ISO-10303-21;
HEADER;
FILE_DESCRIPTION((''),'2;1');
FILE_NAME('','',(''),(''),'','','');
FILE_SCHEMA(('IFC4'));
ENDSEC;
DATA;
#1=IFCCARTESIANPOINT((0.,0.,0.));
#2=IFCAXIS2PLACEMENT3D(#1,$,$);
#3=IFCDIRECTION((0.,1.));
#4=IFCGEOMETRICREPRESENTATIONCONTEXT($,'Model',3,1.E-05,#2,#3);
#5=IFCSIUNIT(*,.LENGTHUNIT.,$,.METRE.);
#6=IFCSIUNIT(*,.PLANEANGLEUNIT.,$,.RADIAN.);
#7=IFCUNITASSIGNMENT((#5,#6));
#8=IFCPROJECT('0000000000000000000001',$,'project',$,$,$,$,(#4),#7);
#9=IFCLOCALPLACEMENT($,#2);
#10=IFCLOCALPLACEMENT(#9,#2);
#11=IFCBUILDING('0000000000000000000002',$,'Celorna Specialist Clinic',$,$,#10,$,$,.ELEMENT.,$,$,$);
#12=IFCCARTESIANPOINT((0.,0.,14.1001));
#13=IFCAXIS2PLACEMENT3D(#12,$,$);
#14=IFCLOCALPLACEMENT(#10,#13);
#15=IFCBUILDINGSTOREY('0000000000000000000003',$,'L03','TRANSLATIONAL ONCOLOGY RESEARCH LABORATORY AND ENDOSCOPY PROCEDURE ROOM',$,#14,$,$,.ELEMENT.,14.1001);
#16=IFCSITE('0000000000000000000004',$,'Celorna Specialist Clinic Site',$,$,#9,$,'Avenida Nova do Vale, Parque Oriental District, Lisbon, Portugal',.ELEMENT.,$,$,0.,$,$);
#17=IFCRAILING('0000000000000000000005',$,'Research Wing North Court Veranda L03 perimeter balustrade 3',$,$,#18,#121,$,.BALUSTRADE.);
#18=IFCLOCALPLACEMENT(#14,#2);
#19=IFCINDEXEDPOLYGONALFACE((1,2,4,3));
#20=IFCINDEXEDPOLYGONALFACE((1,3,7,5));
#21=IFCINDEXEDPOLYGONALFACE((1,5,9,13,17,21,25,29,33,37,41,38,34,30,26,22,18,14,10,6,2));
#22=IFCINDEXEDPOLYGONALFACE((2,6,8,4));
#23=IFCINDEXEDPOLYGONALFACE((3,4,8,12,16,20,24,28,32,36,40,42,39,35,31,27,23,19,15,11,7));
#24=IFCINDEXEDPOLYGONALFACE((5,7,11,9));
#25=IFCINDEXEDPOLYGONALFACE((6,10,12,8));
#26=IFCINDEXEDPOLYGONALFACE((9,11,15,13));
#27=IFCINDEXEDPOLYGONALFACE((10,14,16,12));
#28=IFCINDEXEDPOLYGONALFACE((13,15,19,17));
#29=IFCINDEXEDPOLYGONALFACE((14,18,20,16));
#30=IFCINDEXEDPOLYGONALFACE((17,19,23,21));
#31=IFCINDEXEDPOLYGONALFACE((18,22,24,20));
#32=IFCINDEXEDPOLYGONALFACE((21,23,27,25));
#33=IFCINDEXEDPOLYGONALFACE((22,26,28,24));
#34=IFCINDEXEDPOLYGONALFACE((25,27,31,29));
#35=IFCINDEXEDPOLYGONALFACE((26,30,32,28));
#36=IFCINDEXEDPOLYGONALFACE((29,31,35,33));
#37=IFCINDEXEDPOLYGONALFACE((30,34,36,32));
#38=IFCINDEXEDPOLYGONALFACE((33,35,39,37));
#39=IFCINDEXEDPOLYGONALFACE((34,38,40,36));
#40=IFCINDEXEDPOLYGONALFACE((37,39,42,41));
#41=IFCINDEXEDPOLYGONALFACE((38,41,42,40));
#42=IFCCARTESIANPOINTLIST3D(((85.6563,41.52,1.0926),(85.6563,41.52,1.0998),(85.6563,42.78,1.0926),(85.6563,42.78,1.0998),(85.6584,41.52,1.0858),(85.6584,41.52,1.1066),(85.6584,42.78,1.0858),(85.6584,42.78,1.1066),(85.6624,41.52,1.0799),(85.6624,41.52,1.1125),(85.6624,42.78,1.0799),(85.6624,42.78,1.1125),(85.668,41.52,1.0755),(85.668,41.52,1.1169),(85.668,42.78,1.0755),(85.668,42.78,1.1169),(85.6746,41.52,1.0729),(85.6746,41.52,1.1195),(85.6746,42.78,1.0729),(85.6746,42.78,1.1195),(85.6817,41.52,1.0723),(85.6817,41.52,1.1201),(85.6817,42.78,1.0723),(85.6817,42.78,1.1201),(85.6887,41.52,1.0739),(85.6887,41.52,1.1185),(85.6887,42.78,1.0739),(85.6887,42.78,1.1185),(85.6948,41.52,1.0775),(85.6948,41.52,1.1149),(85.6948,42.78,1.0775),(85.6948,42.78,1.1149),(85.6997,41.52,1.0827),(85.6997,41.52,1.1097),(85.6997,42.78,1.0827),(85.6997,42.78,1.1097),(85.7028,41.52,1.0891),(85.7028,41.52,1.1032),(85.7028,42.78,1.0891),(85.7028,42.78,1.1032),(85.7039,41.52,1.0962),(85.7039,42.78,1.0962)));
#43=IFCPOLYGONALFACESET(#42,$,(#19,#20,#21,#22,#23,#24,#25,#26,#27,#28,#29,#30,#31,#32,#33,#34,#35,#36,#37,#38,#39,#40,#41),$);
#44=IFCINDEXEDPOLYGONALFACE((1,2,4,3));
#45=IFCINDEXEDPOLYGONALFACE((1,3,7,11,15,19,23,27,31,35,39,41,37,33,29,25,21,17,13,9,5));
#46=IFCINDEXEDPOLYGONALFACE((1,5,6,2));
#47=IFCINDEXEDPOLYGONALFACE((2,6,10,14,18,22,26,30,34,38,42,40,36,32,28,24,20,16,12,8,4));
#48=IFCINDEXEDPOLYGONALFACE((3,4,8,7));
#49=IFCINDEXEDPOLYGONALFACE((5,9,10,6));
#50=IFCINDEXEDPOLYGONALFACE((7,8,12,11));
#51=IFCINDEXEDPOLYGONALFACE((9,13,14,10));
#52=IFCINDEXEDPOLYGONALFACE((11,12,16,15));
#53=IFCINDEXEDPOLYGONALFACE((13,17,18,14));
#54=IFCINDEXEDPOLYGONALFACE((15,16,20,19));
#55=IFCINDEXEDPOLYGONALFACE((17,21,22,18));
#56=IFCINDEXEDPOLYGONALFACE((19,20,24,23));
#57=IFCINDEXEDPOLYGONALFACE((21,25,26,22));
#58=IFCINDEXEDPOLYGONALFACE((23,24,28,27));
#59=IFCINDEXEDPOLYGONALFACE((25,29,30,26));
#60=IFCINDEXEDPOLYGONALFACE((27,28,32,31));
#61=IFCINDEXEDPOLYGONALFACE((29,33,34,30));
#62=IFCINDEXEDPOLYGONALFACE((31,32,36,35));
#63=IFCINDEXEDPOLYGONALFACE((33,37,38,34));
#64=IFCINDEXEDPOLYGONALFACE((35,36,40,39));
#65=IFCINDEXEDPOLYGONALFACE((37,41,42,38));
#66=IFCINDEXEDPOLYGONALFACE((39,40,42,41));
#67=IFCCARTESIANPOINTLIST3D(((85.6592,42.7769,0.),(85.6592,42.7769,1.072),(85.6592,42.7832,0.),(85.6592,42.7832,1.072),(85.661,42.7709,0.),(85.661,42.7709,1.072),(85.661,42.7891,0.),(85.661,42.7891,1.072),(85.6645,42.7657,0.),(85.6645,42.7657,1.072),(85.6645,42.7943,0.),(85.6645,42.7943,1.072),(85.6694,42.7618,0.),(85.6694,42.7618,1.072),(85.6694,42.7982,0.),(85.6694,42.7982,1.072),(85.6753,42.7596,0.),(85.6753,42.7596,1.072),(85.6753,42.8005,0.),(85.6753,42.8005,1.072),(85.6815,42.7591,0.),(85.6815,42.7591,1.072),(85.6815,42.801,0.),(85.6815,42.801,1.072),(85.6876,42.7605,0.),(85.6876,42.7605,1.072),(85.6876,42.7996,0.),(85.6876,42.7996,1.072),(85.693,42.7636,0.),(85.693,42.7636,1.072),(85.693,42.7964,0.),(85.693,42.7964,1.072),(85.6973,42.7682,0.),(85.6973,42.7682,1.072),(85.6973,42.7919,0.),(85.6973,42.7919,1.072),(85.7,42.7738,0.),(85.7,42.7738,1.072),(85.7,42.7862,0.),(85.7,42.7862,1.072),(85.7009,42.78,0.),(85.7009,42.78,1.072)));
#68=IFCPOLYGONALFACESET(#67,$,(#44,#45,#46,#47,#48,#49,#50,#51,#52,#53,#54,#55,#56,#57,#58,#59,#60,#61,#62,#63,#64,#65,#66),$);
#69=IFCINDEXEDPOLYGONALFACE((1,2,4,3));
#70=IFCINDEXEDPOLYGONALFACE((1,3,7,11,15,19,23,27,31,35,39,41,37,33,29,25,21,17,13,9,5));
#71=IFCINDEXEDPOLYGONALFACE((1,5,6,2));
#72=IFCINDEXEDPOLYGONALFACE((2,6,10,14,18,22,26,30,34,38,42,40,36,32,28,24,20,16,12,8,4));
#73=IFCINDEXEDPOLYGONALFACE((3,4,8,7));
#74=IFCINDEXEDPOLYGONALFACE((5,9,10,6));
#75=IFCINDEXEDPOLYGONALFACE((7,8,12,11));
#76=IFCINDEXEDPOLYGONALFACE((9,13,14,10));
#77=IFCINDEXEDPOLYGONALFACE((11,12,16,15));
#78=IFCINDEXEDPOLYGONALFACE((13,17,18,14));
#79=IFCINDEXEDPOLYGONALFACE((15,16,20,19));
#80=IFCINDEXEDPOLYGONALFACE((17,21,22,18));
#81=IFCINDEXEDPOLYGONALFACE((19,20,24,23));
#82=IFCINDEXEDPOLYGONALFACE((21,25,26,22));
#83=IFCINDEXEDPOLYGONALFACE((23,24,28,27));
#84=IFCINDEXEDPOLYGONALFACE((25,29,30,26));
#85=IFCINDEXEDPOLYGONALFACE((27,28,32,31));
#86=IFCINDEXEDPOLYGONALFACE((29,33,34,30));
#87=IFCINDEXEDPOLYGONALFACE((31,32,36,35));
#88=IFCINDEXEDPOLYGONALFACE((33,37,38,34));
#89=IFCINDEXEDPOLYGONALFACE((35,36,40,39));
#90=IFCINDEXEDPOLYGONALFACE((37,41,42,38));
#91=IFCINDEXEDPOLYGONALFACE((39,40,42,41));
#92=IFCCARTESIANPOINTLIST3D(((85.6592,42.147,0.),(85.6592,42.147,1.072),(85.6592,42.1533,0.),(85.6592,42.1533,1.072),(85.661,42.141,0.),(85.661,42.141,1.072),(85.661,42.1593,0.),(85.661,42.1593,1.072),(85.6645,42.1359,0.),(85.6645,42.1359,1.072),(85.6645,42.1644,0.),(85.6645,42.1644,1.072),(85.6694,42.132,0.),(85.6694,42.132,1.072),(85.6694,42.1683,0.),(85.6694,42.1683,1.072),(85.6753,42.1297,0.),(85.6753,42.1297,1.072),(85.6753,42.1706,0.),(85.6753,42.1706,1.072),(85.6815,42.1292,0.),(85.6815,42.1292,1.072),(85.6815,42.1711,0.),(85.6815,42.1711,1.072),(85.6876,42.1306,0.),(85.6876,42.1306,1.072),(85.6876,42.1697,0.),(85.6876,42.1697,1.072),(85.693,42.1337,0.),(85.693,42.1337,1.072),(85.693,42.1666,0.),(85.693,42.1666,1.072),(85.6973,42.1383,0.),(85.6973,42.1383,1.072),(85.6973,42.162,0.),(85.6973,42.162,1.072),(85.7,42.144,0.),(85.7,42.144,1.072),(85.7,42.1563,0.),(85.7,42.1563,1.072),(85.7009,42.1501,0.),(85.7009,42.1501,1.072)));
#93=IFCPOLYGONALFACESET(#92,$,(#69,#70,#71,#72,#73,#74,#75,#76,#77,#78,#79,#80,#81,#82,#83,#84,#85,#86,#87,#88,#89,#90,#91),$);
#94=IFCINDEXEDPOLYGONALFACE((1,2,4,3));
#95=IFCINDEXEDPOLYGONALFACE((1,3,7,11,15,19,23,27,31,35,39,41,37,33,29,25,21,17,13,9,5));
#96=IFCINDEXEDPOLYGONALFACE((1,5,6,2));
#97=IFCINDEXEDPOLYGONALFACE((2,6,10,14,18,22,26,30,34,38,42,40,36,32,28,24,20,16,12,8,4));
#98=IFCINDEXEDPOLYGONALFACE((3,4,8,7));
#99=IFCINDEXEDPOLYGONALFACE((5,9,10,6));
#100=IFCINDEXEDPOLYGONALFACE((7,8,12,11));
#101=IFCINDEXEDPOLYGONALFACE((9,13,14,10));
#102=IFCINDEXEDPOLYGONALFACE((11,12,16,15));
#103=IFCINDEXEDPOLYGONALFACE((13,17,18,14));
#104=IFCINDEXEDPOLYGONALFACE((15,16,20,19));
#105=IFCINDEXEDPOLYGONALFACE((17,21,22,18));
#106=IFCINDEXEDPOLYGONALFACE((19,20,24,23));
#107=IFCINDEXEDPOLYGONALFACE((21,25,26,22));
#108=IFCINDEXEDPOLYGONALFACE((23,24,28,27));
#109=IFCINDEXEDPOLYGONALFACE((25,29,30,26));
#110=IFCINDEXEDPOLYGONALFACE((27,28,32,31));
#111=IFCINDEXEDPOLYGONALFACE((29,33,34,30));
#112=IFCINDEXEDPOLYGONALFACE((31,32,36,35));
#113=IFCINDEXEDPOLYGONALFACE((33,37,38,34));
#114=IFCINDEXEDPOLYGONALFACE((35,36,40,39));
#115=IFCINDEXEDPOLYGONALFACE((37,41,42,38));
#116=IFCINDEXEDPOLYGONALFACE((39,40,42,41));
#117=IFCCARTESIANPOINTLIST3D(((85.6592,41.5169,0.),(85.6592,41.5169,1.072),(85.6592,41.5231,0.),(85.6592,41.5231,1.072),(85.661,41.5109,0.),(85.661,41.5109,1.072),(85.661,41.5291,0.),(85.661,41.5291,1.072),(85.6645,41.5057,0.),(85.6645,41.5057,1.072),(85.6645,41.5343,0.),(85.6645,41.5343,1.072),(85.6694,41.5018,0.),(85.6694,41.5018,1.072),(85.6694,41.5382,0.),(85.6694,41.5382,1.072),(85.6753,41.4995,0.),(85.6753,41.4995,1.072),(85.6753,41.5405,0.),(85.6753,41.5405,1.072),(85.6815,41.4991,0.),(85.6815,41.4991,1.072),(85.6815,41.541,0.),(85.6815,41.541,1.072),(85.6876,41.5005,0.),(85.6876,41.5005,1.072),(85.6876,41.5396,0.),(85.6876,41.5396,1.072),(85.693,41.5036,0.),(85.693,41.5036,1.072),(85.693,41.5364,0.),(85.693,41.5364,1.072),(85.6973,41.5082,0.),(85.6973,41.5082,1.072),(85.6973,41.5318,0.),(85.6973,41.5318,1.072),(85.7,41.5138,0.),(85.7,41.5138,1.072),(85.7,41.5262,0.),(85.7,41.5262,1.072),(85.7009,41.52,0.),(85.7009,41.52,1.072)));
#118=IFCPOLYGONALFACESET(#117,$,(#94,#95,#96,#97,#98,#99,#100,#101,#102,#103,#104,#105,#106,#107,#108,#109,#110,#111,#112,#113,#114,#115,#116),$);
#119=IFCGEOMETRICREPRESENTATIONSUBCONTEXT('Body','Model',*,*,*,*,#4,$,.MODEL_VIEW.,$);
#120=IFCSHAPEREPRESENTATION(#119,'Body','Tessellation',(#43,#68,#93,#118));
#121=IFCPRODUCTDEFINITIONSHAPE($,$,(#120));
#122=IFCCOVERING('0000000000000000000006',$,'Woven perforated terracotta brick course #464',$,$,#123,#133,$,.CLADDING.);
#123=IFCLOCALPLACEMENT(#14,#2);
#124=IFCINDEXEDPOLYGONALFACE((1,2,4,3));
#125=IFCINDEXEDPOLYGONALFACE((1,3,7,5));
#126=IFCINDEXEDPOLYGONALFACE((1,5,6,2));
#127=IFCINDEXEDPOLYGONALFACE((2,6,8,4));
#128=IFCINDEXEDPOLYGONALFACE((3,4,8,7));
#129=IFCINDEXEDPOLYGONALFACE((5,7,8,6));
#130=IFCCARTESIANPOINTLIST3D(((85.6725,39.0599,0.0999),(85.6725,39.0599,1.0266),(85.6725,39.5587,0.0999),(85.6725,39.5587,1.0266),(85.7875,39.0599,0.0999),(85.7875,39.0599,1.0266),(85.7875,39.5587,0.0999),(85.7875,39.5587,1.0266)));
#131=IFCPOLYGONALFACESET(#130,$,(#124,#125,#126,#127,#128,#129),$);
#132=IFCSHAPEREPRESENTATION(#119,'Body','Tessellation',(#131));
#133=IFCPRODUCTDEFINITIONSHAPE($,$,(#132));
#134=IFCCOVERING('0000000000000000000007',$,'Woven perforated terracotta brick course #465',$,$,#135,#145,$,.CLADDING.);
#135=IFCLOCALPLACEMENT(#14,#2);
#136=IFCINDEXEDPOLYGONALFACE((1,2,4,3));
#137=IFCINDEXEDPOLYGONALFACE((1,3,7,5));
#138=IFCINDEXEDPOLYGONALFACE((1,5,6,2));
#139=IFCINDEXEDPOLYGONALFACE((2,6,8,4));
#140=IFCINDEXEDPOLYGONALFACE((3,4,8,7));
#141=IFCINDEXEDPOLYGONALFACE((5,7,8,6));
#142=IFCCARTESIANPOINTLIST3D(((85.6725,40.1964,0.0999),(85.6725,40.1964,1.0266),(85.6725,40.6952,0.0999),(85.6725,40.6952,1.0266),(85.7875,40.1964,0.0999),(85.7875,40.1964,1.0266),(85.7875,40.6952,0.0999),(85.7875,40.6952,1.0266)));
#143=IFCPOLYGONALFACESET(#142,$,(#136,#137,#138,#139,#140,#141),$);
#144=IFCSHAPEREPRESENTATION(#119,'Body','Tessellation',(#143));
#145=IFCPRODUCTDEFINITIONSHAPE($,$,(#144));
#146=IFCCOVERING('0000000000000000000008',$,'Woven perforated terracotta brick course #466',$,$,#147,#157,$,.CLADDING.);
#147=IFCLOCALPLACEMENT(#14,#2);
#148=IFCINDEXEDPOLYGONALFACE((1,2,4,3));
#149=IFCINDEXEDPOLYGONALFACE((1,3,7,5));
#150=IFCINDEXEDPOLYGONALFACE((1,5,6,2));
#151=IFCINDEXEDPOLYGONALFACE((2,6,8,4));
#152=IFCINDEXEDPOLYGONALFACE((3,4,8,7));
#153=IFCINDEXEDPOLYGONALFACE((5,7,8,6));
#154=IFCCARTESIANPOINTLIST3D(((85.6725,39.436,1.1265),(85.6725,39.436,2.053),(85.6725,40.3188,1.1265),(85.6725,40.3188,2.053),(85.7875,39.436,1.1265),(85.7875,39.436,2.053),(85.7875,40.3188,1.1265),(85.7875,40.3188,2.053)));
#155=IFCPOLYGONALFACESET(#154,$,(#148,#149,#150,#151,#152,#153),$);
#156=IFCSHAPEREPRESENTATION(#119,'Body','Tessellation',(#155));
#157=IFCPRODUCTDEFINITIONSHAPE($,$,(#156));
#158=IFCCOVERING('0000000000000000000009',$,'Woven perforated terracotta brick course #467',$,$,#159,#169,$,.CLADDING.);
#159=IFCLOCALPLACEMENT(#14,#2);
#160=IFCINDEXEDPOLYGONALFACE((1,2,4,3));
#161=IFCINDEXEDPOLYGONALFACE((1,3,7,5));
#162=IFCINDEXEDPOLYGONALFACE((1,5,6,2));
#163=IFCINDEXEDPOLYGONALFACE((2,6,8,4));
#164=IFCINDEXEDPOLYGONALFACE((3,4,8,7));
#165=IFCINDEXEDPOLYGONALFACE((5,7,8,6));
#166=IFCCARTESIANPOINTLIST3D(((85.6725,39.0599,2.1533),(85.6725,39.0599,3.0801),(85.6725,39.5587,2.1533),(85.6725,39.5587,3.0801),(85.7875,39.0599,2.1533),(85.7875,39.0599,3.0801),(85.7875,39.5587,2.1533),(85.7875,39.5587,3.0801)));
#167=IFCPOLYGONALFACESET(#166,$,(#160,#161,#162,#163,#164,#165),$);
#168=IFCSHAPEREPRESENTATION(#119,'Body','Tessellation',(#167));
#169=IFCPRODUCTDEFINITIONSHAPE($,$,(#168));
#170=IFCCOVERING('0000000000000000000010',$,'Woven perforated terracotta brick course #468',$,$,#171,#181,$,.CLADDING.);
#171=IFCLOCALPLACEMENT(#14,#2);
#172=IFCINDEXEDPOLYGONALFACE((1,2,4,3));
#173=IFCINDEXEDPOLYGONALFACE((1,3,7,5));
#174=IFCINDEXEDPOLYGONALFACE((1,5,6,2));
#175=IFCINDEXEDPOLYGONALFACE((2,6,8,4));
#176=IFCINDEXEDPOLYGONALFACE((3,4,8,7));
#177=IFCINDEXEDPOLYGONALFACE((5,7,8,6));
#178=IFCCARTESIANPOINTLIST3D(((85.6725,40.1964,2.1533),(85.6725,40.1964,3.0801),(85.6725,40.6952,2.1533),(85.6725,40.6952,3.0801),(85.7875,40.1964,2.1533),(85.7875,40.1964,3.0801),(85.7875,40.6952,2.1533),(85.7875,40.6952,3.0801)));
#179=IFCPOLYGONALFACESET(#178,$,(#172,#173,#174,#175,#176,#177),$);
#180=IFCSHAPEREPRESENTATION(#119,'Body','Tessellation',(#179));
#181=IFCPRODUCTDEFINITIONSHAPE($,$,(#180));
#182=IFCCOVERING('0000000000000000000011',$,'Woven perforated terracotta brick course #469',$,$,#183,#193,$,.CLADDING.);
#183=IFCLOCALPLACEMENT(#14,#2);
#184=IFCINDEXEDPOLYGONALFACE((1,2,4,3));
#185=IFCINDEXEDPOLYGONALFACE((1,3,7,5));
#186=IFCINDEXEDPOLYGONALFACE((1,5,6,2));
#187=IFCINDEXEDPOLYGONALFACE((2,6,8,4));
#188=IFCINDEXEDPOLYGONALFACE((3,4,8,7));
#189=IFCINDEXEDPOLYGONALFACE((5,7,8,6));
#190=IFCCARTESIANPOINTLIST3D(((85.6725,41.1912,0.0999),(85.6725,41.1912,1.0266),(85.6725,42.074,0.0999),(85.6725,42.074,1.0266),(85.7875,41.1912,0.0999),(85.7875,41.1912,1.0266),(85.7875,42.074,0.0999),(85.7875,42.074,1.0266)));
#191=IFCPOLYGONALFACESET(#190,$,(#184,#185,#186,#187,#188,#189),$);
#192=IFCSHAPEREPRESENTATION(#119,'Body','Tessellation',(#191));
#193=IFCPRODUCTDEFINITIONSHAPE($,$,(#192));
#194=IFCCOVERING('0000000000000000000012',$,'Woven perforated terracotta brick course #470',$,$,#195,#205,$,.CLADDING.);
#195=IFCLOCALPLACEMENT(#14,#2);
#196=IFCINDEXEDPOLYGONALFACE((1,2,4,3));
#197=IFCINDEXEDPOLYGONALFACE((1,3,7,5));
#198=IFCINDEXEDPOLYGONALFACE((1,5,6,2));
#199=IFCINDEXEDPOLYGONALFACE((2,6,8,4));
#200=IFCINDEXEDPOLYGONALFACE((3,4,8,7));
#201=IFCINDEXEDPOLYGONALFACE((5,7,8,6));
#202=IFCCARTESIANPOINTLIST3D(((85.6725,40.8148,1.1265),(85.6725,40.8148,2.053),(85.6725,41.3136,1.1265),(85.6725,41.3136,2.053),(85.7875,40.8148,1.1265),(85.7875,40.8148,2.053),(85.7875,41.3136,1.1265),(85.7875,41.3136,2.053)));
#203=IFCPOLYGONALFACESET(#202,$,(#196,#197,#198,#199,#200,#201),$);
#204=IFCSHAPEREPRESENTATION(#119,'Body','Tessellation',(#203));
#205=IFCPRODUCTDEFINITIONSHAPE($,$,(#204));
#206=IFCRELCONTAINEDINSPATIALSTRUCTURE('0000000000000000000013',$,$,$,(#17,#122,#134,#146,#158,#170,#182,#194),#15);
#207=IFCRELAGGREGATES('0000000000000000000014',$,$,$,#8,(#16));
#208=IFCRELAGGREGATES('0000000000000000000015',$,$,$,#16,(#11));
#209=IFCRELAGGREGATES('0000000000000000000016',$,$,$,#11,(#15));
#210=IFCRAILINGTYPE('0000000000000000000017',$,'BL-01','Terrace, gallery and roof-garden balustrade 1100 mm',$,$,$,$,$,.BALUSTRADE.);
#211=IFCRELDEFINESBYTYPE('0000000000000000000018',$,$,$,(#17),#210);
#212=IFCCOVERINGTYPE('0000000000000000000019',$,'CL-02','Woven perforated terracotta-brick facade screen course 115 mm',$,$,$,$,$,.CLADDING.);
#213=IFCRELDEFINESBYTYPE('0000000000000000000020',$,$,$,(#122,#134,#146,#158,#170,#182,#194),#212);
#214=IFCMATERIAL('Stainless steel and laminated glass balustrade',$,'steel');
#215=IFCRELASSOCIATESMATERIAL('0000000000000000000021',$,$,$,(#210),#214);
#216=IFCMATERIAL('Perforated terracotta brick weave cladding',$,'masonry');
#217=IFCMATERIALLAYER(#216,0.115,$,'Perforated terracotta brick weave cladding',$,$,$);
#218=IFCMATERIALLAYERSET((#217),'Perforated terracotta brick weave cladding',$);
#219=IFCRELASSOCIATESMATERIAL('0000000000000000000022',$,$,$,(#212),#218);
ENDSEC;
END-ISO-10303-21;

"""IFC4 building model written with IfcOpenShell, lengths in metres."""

from ifc_helpers import new_model, si_unit, direction, frame, origin, origin_2d, place, context, subcontext, project, spatial, rectangle, circle, extrude, material, layer, layer_set, type_object, element, save


model = new_model("IFC4")

# Units and contexts
model_context = context("Model", 3, precision=1e-05, world=origin(), true_north=direction((0.0, 1.0)))
body_context = subcontext(model_context, "Body", "Model", "MODEL_VIEW")
ifc_project = project(units=[si_unit("LENGTHUNIT", "METRE"), si_unit("PLANEANGLEUNIT", "RADIAN")], contexts=[model_context])

# Site, building, storey
site_placement = place(None, origin())
site = spatial("IfcSite", under=ifc_project, at=site_placement, Name="Celorna Specialist Clinic Site", LongName="Avenida Nova do Vale, Parque Oriental District, Lisbon, Portugal", CompositionType="ELEMENT", RefElevation=0.0)
building_placement = place(site_placement, origin())
building = spatial("IfcBuilding", under=site, at=building_placement, Name="Celorna Specialist Clinic", CompositionType="ELEMENT")
storey_placement = place(building_placement, frame((0.0, 0.0, 14.1001)))
storey = spatial("IfcBuildingStorey", under=building, at=storey_placement, Name="L03", Description="TRANSLATIONAL ONCOLOGY RESEARCH LABORATORY AND ENDOSCOPY PROCEDURE ROOM", CompositionType="ELEMENT", Elevation=14.1001)

# Railing
ifc_material_1 = material(Name="Stainless steel and laminated glass balustrade", Category="steel")
railing_type = type_object("IfcRailingType", Name="BL-01", Description="Terrace, gallery and roof-garden balustrade 1100 mm", PredefinedType="BALUSTRADE", material=ifc_material_1)
railing_1_placement = place(storey_placement, frame((85.6799, 42.78, 0.0)))
element("IfcRailing", 1, at=railing_1_placement, inside=storey, type_object=railing_type, Name="Research Wing North Court Veranda L03 perimeter balustrade 3", PredefinedType="BALUSTRADE", context=body_context, shape_type="SweptSolid", body=[
    extrude(circle(Radius=0.0239, at=origin_2d()), frame((0.0, 0.0, 1.0962), z_axis=(0.0, -1.0, 0.0), x_axis=(1.0, 0.0, 0.0)), (0.0, 0.0, 1.0), 1.26),
    extrude(circle(Radius=0.021, at=origin_2d()), origin(), (0.0, 0.0, 1.0), 1.072),
    extrude(circle(Radius=0.021, at=origin_2d()), frame((0.0, -0.6299, 0.0)), (0.0, 0.0, 1.0), 1.072),
    extrude(circle(Radius=0.021, at=origin_2d()), frame((0.0, -1.26, 0.0)), (0.0, 0.0, 1.0), 1.072),
])

# Coverings
ifc_material_2 = material(Name="Perforated terracotta brick weave cladding", Category="masonry")
ifc_layer_1 = layer(ifc_material_2, 0.115, Name="Perforated terracotta brick weave cladding")
ifc_layer_set_1 = layer_set([ifc_layer_1], Name="Perforated terracotta brick weave cladding")
covering_type = type_object("IfcCoveringType", Name="CL-02", Description="Woven perforated terracotta-brick facade screen course 115 mm", PredefinedType="CLADDING", material=ifc_layer_set_1)
for number, where, z_axis, x_axis, name in (
    (2, (85.73, 39.3093, 0.0999), (0.0, 0.0, 1.0), (0.0, 1.0, 0.0), "Woven perforated terracotta brick course #464"),
    (3, (85.73, 40.4458, 0.0999), (0.0, 0.0, 1.0), (0.0, 1.0, 0.0), "Woven perforated terracotta brick course #465"),
):
    element("IfcCovering", number, at=place(storey_placement, frame(where, z_axis=z_axis, x_axis=x_axis)), inside=storey, type_object=covering_type, Name=name, PredefinedType="CLADDING", context=body_context, shape_type="SweptSolid", body=[
        extrude(rectangle(XDim=0.4988, YDim=0.115, at=origin_2d()), origin(), (0.0, 0.0, 1.0), 0.9268),
    ])
covering_1_placement = place(storey_placement, frame((85.73, 39.8774, 1.1265), z_axis=(0.0, 0.0, 1.0), x_axis=(0.0, 1.0, 0.0)))
element("IfcCovering", 4, at=covering_1_placement, inside=storey, type_object=covering_type, Name="Woven perforated terracotta brick course #466", PredefinedType="CLADDING", context=body_context, shape_type="SweptSolid", body=[
    extrude(rectangle(XDim=0.8828, YDim=0.115, at=origin_2d()), origin(), (0.0, 0.0, 1.0), 0.9265),
])
for number, where, z_axis, x_axis, name in (
    (5, (85.73, 39.3093, 2.1533), (0.0, 0.0, 1.0), (0.0, 1.0, 0.0), "Woven perforated terracotta brick course #467"),
    (6, (85.73, 40.4458, 2.1533), (0.0, 0.0, 1.0), (0.0, 1.0, 0.0), "Woven perforated terracotta brick course #468"),
):
    element("IfcCovering", number, at=place(storey_placement, frame(where, z_axis=z_axis, x_axis=x_axis)), inside=storey, type_object=covering_type, Name=name, PredefinedType="CLADDING", context=body_context, shape_type="SweptSolid", body=[
        extrude(rectangle(XDim=0.4988, YDim=0.115, at=origin_2d()), origin(), (0.0, 0.0, 1.0), 0.9268),
    ])
covering_2_placement = place(storey_placement, frame((85.73, 41.6326, 0.0999), z_axis=(0.0, 0.0, 1.0), x_axis=(0.0, 1.0, 0.0)))
element("IfcCovering", 7, at=covering_2_placement, inside=storey, type_object=covering_type, Name="Woven perforated terracotta brick course #469", PredefinedType="CLADDING", context=body_context, shape_type="SweptSolid", body=[
    extrude(rectangle(XDim=0.8828, YDim=0.115, at=origin_2d()), origin(), (0.0, 0.0, 1.0), 0.9268),
])
for number, where, z_axis, x_axis, name in (
    (8, (85.73, 41.0642, 1.1265), (0.0, 0.0, 1.0), (0.0, 1.0, 0.0), "Woven perforated terracotta brick course #470"),
):
    element("IfcCovering", number, at=place(storey_placement, frame(where, z_axis=z_axis, x_axis=x_axis)), inside=storey, type_object=covering_type, Name=name, PredefinedType="CLADDING", context=body_context, shape_type="SweptSolid", body=[
        extrude(rectangle(XDim=0.4988, YDim=0.115, at=origin_2d()), origin(), (0.0, 0.0, 1.0), 0.9265),
    ])

save(model, "model.ifc")
